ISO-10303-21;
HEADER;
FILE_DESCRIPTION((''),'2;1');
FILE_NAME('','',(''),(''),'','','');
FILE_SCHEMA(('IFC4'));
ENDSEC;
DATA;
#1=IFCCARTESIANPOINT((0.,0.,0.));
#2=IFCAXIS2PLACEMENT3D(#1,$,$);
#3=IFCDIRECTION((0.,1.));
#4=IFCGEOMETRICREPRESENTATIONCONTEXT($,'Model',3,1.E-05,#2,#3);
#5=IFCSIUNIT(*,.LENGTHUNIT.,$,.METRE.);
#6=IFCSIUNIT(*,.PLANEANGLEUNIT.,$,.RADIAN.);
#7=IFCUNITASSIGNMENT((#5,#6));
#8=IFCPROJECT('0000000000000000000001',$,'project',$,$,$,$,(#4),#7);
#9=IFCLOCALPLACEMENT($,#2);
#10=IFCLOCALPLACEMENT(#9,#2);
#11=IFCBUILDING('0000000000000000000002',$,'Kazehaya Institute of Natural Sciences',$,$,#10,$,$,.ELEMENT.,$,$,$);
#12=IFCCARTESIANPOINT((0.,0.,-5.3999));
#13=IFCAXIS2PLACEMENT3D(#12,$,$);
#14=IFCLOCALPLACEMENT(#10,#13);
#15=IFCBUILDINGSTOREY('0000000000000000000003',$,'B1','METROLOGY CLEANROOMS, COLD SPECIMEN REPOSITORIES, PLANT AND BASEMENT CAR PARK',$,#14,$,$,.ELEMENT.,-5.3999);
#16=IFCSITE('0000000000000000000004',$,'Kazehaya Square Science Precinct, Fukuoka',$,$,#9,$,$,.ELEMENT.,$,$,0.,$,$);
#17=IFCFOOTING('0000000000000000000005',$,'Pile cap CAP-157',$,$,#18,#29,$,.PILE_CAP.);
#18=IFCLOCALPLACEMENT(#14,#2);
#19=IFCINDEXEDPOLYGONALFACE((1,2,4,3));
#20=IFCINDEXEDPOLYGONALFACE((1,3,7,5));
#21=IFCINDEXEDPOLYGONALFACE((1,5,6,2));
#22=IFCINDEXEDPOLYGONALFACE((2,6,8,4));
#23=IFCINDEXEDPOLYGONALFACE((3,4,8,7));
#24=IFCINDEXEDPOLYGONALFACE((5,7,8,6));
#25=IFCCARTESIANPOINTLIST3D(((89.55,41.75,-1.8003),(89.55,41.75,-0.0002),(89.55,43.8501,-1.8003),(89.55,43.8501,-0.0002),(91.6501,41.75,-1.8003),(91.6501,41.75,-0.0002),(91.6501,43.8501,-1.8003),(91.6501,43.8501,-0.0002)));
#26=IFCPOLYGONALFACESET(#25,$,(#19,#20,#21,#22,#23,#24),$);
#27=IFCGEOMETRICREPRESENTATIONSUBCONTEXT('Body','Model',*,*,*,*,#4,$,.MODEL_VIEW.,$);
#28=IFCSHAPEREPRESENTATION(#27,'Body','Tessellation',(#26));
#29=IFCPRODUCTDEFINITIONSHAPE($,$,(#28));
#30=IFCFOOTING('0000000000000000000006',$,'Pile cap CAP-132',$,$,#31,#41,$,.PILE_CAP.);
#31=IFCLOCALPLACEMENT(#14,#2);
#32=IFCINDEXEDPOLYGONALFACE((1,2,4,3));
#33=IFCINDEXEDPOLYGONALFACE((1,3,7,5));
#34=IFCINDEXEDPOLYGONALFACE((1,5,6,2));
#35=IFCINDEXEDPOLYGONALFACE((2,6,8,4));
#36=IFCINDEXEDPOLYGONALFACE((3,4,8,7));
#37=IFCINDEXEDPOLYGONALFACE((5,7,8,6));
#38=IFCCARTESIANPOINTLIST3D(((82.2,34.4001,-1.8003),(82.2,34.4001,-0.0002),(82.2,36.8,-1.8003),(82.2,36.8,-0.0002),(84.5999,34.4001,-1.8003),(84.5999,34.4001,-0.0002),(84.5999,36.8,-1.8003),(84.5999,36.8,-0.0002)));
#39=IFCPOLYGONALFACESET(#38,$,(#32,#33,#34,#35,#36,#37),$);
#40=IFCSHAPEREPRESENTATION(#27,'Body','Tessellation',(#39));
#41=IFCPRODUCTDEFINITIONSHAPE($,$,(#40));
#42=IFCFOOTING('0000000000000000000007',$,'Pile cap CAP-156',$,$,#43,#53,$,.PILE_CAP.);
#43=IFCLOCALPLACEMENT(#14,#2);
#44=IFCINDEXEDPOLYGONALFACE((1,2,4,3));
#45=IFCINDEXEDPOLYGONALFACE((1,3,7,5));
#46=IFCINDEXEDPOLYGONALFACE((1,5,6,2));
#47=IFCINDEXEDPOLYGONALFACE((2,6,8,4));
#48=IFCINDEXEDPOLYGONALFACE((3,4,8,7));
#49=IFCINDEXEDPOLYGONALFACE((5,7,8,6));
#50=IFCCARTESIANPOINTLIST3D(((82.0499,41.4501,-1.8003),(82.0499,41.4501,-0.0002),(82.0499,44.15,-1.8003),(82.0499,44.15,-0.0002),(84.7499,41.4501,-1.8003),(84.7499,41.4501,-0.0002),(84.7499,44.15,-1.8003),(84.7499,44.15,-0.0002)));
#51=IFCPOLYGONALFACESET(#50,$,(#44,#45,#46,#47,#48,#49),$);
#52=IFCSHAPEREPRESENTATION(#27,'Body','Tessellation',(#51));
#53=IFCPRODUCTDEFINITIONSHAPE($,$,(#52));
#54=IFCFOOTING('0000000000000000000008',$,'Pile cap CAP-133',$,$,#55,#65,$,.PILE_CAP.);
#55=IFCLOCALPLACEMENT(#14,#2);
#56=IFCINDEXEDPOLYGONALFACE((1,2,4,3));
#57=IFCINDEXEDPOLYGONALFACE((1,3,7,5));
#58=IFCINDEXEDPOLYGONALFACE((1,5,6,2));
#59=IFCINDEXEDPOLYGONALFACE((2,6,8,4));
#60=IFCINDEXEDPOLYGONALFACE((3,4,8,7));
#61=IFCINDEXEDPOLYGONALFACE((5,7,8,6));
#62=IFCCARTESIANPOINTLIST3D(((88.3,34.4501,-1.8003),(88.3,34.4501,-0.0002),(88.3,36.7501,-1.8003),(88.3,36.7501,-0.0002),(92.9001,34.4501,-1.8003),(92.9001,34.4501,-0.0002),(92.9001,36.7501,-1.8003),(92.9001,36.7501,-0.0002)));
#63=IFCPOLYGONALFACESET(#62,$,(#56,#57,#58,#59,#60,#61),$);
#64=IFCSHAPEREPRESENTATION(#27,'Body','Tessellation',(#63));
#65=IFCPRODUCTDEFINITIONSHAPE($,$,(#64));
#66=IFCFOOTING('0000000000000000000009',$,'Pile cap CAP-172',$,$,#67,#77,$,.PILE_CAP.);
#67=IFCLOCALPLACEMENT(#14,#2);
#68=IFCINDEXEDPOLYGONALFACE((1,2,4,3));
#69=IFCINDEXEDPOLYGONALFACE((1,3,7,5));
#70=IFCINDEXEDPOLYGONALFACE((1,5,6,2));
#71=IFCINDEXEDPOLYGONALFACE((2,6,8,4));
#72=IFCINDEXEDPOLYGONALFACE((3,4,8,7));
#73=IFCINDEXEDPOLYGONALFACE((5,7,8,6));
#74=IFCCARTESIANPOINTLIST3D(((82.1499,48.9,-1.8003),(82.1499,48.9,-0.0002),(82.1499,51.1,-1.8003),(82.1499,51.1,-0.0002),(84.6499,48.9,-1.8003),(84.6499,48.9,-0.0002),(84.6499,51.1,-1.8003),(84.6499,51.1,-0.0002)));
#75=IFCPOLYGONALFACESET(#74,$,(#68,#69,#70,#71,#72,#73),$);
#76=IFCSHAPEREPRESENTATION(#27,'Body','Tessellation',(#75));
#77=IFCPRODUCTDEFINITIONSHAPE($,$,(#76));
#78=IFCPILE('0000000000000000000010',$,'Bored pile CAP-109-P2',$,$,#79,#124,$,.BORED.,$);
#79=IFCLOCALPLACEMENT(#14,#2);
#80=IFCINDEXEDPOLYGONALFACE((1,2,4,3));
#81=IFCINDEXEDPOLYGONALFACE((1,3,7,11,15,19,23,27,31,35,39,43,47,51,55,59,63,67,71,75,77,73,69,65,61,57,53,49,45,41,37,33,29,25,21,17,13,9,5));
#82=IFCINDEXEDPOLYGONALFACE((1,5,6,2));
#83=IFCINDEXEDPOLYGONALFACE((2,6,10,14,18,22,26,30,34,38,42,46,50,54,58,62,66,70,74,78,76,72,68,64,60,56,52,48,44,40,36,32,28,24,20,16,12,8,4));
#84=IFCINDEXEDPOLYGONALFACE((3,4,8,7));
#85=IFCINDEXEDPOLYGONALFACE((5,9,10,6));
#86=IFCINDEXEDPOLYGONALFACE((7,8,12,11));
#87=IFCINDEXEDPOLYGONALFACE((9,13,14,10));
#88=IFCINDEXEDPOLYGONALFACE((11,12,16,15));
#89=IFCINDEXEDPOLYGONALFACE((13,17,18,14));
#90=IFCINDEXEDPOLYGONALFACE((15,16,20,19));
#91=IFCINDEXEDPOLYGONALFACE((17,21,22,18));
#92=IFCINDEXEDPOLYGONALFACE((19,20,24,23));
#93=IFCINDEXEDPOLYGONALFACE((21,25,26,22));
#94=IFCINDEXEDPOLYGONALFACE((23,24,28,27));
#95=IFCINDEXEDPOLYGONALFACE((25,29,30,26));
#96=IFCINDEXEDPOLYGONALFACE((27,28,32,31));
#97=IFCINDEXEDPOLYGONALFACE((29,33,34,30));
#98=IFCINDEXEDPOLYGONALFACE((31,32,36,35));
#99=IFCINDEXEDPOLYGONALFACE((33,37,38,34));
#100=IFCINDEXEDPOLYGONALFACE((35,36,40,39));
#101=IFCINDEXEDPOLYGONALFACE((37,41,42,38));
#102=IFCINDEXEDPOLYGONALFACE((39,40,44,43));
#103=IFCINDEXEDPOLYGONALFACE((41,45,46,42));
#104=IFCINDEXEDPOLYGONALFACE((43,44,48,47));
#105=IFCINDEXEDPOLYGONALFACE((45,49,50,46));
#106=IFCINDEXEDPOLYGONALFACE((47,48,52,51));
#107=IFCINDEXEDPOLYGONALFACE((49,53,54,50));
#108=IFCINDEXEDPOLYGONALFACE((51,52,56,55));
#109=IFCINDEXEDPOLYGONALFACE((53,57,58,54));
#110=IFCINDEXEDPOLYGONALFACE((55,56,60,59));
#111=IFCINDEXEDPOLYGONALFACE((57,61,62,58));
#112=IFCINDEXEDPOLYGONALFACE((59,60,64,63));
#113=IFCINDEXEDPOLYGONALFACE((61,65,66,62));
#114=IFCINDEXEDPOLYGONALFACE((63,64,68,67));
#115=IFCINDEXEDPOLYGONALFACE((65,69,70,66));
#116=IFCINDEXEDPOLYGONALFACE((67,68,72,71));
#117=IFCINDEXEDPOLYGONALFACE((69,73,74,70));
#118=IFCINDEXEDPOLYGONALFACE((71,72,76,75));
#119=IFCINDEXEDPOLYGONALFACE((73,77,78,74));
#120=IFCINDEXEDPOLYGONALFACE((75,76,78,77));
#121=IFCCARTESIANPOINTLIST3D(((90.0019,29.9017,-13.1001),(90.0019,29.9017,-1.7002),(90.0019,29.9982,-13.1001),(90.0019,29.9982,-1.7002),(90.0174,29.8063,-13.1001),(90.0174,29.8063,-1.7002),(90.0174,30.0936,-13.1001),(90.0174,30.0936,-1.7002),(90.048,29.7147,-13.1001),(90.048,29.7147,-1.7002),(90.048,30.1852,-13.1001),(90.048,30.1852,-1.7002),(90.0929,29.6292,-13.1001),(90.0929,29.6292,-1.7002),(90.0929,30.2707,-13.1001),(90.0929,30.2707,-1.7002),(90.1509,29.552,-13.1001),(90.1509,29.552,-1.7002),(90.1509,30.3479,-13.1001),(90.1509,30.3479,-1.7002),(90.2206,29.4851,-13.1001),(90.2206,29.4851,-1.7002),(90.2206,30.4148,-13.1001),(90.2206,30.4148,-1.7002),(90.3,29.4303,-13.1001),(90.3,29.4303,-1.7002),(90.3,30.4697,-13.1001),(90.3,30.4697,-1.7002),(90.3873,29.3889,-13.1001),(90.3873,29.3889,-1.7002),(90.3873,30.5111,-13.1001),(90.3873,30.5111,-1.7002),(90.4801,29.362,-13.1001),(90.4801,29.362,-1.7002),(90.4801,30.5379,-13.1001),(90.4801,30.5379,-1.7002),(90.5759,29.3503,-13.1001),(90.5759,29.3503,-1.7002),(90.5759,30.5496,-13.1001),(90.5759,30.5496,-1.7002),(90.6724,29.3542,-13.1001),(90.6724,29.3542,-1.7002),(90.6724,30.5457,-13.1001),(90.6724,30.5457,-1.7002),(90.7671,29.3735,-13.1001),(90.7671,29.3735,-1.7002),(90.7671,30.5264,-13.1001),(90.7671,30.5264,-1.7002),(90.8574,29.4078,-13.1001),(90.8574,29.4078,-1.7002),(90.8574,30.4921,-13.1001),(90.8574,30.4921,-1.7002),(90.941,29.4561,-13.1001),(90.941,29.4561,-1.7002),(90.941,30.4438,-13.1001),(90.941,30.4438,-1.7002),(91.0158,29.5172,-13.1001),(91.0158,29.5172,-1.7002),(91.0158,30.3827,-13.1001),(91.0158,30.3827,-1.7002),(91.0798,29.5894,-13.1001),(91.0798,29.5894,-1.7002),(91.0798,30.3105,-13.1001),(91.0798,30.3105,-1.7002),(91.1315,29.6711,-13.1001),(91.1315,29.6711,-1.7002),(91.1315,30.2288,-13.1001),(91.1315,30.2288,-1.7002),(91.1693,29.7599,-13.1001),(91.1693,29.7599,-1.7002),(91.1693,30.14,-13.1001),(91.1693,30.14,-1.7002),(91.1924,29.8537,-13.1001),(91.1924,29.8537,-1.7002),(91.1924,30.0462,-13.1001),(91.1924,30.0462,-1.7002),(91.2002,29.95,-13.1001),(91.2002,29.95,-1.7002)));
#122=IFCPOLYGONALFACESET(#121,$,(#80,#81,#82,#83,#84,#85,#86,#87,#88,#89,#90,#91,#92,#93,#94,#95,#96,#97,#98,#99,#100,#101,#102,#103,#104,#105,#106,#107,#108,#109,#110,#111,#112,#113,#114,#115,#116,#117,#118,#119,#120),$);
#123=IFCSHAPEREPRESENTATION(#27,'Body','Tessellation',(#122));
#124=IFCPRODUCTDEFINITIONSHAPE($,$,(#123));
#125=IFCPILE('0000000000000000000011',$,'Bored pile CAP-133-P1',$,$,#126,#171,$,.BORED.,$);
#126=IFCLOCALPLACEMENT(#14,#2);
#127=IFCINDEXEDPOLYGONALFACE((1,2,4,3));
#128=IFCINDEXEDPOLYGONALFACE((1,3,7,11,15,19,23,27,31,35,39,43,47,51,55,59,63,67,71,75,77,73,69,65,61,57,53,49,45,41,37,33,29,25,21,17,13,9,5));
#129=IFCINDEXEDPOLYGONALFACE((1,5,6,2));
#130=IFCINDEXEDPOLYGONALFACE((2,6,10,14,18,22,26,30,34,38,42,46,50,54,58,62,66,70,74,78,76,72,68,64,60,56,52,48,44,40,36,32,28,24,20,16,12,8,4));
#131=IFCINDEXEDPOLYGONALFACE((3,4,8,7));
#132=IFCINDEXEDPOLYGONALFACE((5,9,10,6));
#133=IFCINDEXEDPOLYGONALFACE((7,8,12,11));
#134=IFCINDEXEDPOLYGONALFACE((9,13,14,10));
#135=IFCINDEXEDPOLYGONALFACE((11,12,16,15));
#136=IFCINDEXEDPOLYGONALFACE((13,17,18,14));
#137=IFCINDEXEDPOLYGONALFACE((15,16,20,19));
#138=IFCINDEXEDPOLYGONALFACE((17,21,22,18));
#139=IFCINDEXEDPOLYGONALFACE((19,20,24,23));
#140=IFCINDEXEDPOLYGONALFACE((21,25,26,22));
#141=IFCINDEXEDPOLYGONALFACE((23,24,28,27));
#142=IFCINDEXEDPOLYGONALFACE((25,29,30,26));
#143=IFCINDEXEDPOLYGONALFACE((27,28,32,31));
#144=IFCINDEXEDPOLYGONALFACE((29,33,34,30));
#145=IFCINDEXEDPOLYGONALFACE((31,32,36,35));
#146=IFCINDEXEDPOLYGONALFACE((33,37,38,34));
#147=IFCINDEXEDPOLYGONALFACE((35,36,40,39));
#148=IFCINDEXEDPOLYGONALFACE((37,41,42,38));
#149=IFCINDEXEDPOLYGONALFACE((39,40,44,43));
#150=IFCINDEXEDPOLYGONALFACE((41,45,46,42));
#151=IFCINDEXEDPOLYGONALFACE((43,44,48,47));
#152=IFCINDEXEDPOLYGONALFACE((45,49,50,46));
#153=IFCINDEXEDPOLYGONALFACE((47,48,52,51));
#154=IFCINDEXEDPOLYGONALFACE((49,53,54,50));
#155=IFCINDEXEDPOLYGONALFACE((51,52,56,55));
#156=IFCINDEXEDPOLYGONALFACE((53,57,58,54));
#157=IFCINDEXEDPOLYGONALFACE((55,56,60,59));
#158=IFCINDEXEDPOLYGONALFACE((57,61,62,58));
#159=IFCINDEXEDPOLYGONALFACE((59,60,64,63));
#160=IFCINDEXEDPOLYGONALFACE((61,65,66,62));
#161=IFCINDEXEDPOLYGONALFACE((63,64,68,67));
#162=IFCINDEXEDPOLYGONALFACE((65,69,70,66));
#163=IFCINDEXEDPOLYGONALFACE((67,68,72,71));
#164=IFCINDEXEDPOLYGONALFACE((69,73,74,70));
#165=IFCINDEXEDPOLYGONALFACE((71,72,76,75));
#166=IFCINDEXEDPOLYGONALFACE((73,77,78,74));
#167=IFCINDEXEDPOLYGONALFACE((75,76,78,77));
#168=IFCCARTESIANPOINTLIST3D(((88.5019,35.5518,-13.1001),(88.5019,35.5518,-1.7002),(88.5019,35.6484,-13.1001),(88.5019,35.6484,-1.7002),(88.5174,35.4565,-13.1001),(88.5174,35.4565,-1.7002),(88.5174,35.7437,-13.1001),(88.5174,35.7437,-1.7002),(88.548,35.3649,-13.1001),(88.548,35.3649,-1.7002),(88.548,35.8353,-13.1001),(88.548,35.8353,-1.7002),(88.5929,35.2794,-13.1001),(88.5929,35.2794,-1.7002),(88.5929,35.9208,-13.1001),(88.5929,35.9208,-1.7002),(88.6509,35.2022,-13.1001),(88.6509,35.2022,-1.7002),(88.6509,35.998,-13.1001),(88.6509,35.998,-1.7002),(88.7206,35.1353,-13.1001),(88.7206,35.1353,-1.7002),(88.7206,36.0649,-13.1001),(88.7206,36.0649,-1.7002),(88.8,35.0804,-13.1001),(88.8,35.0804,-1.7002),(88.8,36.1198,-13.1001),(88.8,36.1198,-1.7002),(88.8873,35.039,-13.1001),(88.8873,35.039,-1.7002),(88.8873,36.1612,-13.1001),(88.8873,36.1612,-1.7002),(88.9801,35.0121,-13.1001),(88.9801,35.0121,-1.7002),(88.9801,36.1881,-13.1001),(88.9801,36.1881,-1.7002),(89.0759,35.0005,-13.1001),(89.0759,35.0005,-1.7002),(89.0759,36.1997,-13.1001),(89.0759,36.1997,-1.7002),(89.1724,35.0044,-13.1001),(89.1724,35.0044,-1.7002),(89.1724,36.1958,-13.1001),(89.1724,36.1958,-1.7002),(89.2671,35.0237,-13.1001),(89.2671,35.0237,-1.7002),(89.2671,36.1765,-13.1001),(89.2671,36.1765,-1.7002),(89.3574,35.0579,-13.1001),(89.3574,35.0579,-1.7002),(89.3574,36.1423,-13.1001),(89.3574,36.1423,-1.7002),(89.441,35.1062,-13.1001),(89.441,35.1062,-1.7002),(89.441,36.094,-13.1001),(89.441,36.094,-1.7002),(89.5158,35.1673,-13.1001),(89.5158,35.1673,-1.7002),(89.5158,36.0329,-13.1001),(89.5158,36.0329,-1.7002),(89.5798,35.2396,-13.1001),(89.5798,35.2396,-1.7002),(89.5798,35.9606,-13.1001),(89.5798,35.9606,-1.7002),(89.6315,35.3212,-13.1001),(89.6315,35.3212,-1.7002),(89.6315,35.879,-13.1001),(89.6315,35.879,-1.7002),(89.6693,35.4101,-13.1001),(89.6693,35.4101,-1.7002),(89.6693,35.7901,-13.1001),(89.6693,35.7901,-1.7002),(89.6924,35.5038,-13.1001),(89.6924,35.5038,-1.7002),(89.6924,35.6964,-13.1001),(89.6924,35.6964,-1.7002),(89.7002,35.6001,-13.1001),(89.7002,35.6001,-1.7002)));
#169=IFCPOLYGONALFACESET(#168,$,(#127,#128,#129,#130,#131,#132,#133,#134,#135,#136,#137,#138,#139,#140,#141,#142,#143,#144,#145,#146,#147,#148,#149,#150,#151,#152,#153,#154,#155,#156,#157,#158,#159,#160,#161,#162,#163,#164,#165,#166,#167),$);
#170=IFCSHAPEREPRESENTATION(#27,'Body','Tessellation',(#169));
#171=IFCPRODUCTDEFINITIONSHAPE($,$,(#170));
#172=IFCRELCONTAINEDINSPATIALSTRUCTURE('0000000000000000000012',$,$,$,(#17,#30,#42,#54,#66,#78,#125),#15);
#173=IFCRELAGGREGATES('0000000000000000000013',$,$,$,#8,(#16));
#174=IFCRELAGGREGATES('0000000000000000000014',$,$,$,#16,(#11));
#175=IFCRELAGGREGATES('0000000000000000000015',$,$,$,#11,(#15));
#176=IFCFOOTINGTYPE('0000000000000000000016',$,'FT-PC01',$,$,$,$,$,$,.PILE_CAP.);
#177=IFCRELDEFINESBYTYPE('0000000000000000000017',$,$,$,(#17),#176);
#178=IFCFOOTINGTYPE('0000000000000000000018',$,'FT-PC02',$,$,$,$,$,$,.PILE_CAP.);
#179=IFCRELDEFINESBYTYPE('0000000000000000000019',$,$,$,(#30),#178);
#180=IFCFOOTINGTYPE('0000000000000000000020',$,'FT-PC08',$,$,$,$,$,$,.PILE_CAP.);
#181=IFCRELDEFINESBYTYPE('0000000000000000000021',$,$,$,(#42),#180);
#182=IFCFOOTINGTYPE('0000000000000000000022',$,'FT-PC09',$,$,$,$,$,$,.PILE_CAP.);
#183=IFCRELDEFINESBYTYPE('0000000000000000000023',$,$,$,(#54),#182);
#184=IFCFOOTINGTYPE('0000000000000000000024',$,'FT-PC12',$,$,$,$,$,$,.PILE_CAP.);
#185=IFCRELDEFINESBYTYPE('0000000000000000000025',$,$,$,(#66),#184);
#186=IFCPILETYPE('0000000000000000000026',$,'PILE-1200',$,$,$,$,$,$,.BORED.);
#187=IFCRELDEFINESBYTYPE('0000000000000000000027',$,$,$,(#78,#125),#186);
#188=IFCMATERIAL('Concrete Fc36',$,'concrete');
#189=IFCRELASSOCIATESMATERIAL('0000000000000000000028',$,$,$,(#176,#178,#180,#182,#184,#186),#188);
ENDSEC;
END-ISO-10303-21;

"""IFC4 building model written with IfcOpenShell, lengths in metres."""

from ifc_helpers import new_model, si_unit, direction, frame, origin, origin_2d, place, context, subcontext, project, spatial, rectangle, circle, extrude, material, material_profile, profile_set, type_object, element, save


model = new_model("IFC4")

# Units and contexts
model_context = context("Model", 3, precision=1e-05, world=origin(), true_north=direction((0.0, 1.0)))
body_context = subcontext(model_context, "Body", "Model", "MODEL_VIEW")
ifc_project = project(units=[si_unit("LENGTHUNIT", "METRE"), si_unit("PLANEANGLEUNIT", "RADIAN")], contexts=[model_context])

# Site, building, storey
site_placement = place(None, origin())
site = spatial("IfcSite", under=ifc_project, at=site_placement, Name="Kazehaya Square Science Precinct, Fukuoka", CompositionType="ELEMENT", RefElevation=0.0)
building_placement = place(site_placement, origin())
building = spatial("IfcBuilding", under=site, at=building_placement, Name="Kazehaya Institute of Natural Sciences", CompositionType="ELEMENT")
storey_placement = place(building_placement, frame((0.0, 0.0, -5.3999)))
storey = spatial("IfcBuildingStorey", under=building, at=storey_placement, Name="B1", Description="METROLOGY CLEANROOMS, COLD SPECIMEN REPOSITORIES, PLANT AND BASEMENT CAR PARK", CompositionType="ELEMENT", Elevation=-5.3999)

# Footings
ifc_material_1 = material(Name="Concrete Fc36", Category="concrete")
footing_type_1 = type_object("IfcFootingType", Name="FT-PC01", PredefinedType="PILE_CAP", material=ifc_material_1)
footing_1_placement = place(storey_placement, frame((90.6001, 42.8, -1.8003), z_axis=(0.0, 0.0, 1.0), x_axis=(1.0, 0.0, 0.0)))
element("IfcFooting", 1, at=footing_1_placement, inside=storey, type_object=footing_type_1, Name="Pile cap CAP-157", PredefinedType="PILE_CAP", context=body_context, shape_type="SweptSolid", body=[
    extrude(rectangle(XDim=2.1001, YDim=2.1001, at=origin_2d()), origin(), (0.0, 0.0, 1.0), 1.8),
])
footing_type_2 = type_object("IfcFootingType", Name="FT-PC02", PredefinedType="PILE_CAP", material=ifc_material_1)
footing_2_placement = place(storey_placement, frame((83.3999, 35.6001, -1.8003), z_axis=(0.0, 0.0, 1.0), x_axis=(1.0, 0.0, 0.0)))
element("IfcFooting", 2, at=footing_2_placement, inside=storey, type_object=footing_type_2, Name="Pile cap CAP-132", PredefinedType="PILE_CAP", context=body_context, shape_type="SweptSolid", body=[
    extrude(rectangle(XDim=2.3999, YDim=2.3999, at=origin_2d()), origin(), (0.0, 0.0, 1.0), 1.8),
])
footing_type_3 = type_object("IfcFootingType", Name="FT-PC08", PredefinedType="PILE_CAP", material=ifc_material_1)
footing_3_placement = place(storey_placement, frame((83.3999, 42.8, -1.8003), z_axis=(0.0, 0.0, 1.0), x_axis=(1.0, 0.0, 0.0)))
element("IfcFooting", 3, at=footing_3_placement, inside=storey, type_object=footing_type_3, Name="Pile cap CAP-156", PredefinedType="PILE_CAP", context=body_context, shape_type="SweptSolid", body=[
    extrude(rectangle(XDim=2.7, YDim=2.7, at=origin_2d()), origin(), (0.0, 0.0, 1.0), 1.8),
])
footing_type_4 = type_object("IfcFootingType", Name="FT-PC09", PredefinedType="PILE_CAP", material=ifc_material_1)
footing_4_placement = place(storey_placement, frame((90.6001, 35.6001, -1.8003), z_axis=(0.0, 0.0, 1.0), x_axis=(1.0, 0.0, 0.0)))
element("IfcFooting", 4, at=footing_4_placement, inside=storey, type_object=footing_type_4, Name="Pile cap CAP-133", PredefinedType="PILE_CAP", context=body_context, shape_type="SweptSolid", body=[
    extrude(rectangle(XDim=4.6001, YDim=2.3, at=origin_2d()), origin(), (0.0, 0.0, 1.0), 1.8),
])
footing_type_5 = type_object("IfcFootingType", Name="FT-PC12", PredefinedType="PILE_CAP", material=ifc_material_1)
footing_5_placement = place(storey_placement, frame((83.3999, 50.0, -1.8003), z_axis=(0.0, 0.0, 1.0), x_axis=(1.0, 0.0, 0.0)))
element("IfcFooting", 5, at=footing_5_placement, inside=storey, type_object=footing_type_5, Name="Pile cap CAP-172", PredefinedType="PILE_CAP", context=body_context, shape_type="SweptSolid", body=[
    extrude(rectangle(XDim=2.5, YDim=2.2, at=origin_2d()), origin(), (0.0, 0.0, 1.0), 1.8),
])

# Piles
ifc_material_profile_1 = material_profile(ifc_material_1, circle(Radius=0.6001, at=origin_2d()), Name="PILE-1200")
ifc_profile_set_1 = profile_set([ifc_material_profile_1], Name="Concrete Fc36")
pile_type_1 = type_object("IfcPileType", Name="PILE-1200", PredefinedType="BORED", material=ifc_profile_set_1)
for number, where, z_axis, x_axis, name in (
    (6, (90.6001, 29.95, -1.7002), (0.0, 0.0, -1.0), (1.0, 0.0, 0.0), "Bored pile CAP-109-P2"),
    (7, (89.1001, 35.6001, -1.7002), (0.0, 0.0, -1.0), (1.0, 0.0, 0.0), "Bored pile CAP-133-P1"),
):
    element("IfcPile", number, at=place(storey_placement, frame(where, z_axis=z_axis, x_axis=x_axis)), inside=storey, type_object=pile_type_1, Name=name, PredefinedType="BORED", context=body_context, shape_type="SweptSolid", body=[
        extrude(circle(Radius=0.6001, at=origin_2d()), origin(), (0.0, 0.0, 1.0), 11.3999),
    ])

save(model, "model.ifc")
